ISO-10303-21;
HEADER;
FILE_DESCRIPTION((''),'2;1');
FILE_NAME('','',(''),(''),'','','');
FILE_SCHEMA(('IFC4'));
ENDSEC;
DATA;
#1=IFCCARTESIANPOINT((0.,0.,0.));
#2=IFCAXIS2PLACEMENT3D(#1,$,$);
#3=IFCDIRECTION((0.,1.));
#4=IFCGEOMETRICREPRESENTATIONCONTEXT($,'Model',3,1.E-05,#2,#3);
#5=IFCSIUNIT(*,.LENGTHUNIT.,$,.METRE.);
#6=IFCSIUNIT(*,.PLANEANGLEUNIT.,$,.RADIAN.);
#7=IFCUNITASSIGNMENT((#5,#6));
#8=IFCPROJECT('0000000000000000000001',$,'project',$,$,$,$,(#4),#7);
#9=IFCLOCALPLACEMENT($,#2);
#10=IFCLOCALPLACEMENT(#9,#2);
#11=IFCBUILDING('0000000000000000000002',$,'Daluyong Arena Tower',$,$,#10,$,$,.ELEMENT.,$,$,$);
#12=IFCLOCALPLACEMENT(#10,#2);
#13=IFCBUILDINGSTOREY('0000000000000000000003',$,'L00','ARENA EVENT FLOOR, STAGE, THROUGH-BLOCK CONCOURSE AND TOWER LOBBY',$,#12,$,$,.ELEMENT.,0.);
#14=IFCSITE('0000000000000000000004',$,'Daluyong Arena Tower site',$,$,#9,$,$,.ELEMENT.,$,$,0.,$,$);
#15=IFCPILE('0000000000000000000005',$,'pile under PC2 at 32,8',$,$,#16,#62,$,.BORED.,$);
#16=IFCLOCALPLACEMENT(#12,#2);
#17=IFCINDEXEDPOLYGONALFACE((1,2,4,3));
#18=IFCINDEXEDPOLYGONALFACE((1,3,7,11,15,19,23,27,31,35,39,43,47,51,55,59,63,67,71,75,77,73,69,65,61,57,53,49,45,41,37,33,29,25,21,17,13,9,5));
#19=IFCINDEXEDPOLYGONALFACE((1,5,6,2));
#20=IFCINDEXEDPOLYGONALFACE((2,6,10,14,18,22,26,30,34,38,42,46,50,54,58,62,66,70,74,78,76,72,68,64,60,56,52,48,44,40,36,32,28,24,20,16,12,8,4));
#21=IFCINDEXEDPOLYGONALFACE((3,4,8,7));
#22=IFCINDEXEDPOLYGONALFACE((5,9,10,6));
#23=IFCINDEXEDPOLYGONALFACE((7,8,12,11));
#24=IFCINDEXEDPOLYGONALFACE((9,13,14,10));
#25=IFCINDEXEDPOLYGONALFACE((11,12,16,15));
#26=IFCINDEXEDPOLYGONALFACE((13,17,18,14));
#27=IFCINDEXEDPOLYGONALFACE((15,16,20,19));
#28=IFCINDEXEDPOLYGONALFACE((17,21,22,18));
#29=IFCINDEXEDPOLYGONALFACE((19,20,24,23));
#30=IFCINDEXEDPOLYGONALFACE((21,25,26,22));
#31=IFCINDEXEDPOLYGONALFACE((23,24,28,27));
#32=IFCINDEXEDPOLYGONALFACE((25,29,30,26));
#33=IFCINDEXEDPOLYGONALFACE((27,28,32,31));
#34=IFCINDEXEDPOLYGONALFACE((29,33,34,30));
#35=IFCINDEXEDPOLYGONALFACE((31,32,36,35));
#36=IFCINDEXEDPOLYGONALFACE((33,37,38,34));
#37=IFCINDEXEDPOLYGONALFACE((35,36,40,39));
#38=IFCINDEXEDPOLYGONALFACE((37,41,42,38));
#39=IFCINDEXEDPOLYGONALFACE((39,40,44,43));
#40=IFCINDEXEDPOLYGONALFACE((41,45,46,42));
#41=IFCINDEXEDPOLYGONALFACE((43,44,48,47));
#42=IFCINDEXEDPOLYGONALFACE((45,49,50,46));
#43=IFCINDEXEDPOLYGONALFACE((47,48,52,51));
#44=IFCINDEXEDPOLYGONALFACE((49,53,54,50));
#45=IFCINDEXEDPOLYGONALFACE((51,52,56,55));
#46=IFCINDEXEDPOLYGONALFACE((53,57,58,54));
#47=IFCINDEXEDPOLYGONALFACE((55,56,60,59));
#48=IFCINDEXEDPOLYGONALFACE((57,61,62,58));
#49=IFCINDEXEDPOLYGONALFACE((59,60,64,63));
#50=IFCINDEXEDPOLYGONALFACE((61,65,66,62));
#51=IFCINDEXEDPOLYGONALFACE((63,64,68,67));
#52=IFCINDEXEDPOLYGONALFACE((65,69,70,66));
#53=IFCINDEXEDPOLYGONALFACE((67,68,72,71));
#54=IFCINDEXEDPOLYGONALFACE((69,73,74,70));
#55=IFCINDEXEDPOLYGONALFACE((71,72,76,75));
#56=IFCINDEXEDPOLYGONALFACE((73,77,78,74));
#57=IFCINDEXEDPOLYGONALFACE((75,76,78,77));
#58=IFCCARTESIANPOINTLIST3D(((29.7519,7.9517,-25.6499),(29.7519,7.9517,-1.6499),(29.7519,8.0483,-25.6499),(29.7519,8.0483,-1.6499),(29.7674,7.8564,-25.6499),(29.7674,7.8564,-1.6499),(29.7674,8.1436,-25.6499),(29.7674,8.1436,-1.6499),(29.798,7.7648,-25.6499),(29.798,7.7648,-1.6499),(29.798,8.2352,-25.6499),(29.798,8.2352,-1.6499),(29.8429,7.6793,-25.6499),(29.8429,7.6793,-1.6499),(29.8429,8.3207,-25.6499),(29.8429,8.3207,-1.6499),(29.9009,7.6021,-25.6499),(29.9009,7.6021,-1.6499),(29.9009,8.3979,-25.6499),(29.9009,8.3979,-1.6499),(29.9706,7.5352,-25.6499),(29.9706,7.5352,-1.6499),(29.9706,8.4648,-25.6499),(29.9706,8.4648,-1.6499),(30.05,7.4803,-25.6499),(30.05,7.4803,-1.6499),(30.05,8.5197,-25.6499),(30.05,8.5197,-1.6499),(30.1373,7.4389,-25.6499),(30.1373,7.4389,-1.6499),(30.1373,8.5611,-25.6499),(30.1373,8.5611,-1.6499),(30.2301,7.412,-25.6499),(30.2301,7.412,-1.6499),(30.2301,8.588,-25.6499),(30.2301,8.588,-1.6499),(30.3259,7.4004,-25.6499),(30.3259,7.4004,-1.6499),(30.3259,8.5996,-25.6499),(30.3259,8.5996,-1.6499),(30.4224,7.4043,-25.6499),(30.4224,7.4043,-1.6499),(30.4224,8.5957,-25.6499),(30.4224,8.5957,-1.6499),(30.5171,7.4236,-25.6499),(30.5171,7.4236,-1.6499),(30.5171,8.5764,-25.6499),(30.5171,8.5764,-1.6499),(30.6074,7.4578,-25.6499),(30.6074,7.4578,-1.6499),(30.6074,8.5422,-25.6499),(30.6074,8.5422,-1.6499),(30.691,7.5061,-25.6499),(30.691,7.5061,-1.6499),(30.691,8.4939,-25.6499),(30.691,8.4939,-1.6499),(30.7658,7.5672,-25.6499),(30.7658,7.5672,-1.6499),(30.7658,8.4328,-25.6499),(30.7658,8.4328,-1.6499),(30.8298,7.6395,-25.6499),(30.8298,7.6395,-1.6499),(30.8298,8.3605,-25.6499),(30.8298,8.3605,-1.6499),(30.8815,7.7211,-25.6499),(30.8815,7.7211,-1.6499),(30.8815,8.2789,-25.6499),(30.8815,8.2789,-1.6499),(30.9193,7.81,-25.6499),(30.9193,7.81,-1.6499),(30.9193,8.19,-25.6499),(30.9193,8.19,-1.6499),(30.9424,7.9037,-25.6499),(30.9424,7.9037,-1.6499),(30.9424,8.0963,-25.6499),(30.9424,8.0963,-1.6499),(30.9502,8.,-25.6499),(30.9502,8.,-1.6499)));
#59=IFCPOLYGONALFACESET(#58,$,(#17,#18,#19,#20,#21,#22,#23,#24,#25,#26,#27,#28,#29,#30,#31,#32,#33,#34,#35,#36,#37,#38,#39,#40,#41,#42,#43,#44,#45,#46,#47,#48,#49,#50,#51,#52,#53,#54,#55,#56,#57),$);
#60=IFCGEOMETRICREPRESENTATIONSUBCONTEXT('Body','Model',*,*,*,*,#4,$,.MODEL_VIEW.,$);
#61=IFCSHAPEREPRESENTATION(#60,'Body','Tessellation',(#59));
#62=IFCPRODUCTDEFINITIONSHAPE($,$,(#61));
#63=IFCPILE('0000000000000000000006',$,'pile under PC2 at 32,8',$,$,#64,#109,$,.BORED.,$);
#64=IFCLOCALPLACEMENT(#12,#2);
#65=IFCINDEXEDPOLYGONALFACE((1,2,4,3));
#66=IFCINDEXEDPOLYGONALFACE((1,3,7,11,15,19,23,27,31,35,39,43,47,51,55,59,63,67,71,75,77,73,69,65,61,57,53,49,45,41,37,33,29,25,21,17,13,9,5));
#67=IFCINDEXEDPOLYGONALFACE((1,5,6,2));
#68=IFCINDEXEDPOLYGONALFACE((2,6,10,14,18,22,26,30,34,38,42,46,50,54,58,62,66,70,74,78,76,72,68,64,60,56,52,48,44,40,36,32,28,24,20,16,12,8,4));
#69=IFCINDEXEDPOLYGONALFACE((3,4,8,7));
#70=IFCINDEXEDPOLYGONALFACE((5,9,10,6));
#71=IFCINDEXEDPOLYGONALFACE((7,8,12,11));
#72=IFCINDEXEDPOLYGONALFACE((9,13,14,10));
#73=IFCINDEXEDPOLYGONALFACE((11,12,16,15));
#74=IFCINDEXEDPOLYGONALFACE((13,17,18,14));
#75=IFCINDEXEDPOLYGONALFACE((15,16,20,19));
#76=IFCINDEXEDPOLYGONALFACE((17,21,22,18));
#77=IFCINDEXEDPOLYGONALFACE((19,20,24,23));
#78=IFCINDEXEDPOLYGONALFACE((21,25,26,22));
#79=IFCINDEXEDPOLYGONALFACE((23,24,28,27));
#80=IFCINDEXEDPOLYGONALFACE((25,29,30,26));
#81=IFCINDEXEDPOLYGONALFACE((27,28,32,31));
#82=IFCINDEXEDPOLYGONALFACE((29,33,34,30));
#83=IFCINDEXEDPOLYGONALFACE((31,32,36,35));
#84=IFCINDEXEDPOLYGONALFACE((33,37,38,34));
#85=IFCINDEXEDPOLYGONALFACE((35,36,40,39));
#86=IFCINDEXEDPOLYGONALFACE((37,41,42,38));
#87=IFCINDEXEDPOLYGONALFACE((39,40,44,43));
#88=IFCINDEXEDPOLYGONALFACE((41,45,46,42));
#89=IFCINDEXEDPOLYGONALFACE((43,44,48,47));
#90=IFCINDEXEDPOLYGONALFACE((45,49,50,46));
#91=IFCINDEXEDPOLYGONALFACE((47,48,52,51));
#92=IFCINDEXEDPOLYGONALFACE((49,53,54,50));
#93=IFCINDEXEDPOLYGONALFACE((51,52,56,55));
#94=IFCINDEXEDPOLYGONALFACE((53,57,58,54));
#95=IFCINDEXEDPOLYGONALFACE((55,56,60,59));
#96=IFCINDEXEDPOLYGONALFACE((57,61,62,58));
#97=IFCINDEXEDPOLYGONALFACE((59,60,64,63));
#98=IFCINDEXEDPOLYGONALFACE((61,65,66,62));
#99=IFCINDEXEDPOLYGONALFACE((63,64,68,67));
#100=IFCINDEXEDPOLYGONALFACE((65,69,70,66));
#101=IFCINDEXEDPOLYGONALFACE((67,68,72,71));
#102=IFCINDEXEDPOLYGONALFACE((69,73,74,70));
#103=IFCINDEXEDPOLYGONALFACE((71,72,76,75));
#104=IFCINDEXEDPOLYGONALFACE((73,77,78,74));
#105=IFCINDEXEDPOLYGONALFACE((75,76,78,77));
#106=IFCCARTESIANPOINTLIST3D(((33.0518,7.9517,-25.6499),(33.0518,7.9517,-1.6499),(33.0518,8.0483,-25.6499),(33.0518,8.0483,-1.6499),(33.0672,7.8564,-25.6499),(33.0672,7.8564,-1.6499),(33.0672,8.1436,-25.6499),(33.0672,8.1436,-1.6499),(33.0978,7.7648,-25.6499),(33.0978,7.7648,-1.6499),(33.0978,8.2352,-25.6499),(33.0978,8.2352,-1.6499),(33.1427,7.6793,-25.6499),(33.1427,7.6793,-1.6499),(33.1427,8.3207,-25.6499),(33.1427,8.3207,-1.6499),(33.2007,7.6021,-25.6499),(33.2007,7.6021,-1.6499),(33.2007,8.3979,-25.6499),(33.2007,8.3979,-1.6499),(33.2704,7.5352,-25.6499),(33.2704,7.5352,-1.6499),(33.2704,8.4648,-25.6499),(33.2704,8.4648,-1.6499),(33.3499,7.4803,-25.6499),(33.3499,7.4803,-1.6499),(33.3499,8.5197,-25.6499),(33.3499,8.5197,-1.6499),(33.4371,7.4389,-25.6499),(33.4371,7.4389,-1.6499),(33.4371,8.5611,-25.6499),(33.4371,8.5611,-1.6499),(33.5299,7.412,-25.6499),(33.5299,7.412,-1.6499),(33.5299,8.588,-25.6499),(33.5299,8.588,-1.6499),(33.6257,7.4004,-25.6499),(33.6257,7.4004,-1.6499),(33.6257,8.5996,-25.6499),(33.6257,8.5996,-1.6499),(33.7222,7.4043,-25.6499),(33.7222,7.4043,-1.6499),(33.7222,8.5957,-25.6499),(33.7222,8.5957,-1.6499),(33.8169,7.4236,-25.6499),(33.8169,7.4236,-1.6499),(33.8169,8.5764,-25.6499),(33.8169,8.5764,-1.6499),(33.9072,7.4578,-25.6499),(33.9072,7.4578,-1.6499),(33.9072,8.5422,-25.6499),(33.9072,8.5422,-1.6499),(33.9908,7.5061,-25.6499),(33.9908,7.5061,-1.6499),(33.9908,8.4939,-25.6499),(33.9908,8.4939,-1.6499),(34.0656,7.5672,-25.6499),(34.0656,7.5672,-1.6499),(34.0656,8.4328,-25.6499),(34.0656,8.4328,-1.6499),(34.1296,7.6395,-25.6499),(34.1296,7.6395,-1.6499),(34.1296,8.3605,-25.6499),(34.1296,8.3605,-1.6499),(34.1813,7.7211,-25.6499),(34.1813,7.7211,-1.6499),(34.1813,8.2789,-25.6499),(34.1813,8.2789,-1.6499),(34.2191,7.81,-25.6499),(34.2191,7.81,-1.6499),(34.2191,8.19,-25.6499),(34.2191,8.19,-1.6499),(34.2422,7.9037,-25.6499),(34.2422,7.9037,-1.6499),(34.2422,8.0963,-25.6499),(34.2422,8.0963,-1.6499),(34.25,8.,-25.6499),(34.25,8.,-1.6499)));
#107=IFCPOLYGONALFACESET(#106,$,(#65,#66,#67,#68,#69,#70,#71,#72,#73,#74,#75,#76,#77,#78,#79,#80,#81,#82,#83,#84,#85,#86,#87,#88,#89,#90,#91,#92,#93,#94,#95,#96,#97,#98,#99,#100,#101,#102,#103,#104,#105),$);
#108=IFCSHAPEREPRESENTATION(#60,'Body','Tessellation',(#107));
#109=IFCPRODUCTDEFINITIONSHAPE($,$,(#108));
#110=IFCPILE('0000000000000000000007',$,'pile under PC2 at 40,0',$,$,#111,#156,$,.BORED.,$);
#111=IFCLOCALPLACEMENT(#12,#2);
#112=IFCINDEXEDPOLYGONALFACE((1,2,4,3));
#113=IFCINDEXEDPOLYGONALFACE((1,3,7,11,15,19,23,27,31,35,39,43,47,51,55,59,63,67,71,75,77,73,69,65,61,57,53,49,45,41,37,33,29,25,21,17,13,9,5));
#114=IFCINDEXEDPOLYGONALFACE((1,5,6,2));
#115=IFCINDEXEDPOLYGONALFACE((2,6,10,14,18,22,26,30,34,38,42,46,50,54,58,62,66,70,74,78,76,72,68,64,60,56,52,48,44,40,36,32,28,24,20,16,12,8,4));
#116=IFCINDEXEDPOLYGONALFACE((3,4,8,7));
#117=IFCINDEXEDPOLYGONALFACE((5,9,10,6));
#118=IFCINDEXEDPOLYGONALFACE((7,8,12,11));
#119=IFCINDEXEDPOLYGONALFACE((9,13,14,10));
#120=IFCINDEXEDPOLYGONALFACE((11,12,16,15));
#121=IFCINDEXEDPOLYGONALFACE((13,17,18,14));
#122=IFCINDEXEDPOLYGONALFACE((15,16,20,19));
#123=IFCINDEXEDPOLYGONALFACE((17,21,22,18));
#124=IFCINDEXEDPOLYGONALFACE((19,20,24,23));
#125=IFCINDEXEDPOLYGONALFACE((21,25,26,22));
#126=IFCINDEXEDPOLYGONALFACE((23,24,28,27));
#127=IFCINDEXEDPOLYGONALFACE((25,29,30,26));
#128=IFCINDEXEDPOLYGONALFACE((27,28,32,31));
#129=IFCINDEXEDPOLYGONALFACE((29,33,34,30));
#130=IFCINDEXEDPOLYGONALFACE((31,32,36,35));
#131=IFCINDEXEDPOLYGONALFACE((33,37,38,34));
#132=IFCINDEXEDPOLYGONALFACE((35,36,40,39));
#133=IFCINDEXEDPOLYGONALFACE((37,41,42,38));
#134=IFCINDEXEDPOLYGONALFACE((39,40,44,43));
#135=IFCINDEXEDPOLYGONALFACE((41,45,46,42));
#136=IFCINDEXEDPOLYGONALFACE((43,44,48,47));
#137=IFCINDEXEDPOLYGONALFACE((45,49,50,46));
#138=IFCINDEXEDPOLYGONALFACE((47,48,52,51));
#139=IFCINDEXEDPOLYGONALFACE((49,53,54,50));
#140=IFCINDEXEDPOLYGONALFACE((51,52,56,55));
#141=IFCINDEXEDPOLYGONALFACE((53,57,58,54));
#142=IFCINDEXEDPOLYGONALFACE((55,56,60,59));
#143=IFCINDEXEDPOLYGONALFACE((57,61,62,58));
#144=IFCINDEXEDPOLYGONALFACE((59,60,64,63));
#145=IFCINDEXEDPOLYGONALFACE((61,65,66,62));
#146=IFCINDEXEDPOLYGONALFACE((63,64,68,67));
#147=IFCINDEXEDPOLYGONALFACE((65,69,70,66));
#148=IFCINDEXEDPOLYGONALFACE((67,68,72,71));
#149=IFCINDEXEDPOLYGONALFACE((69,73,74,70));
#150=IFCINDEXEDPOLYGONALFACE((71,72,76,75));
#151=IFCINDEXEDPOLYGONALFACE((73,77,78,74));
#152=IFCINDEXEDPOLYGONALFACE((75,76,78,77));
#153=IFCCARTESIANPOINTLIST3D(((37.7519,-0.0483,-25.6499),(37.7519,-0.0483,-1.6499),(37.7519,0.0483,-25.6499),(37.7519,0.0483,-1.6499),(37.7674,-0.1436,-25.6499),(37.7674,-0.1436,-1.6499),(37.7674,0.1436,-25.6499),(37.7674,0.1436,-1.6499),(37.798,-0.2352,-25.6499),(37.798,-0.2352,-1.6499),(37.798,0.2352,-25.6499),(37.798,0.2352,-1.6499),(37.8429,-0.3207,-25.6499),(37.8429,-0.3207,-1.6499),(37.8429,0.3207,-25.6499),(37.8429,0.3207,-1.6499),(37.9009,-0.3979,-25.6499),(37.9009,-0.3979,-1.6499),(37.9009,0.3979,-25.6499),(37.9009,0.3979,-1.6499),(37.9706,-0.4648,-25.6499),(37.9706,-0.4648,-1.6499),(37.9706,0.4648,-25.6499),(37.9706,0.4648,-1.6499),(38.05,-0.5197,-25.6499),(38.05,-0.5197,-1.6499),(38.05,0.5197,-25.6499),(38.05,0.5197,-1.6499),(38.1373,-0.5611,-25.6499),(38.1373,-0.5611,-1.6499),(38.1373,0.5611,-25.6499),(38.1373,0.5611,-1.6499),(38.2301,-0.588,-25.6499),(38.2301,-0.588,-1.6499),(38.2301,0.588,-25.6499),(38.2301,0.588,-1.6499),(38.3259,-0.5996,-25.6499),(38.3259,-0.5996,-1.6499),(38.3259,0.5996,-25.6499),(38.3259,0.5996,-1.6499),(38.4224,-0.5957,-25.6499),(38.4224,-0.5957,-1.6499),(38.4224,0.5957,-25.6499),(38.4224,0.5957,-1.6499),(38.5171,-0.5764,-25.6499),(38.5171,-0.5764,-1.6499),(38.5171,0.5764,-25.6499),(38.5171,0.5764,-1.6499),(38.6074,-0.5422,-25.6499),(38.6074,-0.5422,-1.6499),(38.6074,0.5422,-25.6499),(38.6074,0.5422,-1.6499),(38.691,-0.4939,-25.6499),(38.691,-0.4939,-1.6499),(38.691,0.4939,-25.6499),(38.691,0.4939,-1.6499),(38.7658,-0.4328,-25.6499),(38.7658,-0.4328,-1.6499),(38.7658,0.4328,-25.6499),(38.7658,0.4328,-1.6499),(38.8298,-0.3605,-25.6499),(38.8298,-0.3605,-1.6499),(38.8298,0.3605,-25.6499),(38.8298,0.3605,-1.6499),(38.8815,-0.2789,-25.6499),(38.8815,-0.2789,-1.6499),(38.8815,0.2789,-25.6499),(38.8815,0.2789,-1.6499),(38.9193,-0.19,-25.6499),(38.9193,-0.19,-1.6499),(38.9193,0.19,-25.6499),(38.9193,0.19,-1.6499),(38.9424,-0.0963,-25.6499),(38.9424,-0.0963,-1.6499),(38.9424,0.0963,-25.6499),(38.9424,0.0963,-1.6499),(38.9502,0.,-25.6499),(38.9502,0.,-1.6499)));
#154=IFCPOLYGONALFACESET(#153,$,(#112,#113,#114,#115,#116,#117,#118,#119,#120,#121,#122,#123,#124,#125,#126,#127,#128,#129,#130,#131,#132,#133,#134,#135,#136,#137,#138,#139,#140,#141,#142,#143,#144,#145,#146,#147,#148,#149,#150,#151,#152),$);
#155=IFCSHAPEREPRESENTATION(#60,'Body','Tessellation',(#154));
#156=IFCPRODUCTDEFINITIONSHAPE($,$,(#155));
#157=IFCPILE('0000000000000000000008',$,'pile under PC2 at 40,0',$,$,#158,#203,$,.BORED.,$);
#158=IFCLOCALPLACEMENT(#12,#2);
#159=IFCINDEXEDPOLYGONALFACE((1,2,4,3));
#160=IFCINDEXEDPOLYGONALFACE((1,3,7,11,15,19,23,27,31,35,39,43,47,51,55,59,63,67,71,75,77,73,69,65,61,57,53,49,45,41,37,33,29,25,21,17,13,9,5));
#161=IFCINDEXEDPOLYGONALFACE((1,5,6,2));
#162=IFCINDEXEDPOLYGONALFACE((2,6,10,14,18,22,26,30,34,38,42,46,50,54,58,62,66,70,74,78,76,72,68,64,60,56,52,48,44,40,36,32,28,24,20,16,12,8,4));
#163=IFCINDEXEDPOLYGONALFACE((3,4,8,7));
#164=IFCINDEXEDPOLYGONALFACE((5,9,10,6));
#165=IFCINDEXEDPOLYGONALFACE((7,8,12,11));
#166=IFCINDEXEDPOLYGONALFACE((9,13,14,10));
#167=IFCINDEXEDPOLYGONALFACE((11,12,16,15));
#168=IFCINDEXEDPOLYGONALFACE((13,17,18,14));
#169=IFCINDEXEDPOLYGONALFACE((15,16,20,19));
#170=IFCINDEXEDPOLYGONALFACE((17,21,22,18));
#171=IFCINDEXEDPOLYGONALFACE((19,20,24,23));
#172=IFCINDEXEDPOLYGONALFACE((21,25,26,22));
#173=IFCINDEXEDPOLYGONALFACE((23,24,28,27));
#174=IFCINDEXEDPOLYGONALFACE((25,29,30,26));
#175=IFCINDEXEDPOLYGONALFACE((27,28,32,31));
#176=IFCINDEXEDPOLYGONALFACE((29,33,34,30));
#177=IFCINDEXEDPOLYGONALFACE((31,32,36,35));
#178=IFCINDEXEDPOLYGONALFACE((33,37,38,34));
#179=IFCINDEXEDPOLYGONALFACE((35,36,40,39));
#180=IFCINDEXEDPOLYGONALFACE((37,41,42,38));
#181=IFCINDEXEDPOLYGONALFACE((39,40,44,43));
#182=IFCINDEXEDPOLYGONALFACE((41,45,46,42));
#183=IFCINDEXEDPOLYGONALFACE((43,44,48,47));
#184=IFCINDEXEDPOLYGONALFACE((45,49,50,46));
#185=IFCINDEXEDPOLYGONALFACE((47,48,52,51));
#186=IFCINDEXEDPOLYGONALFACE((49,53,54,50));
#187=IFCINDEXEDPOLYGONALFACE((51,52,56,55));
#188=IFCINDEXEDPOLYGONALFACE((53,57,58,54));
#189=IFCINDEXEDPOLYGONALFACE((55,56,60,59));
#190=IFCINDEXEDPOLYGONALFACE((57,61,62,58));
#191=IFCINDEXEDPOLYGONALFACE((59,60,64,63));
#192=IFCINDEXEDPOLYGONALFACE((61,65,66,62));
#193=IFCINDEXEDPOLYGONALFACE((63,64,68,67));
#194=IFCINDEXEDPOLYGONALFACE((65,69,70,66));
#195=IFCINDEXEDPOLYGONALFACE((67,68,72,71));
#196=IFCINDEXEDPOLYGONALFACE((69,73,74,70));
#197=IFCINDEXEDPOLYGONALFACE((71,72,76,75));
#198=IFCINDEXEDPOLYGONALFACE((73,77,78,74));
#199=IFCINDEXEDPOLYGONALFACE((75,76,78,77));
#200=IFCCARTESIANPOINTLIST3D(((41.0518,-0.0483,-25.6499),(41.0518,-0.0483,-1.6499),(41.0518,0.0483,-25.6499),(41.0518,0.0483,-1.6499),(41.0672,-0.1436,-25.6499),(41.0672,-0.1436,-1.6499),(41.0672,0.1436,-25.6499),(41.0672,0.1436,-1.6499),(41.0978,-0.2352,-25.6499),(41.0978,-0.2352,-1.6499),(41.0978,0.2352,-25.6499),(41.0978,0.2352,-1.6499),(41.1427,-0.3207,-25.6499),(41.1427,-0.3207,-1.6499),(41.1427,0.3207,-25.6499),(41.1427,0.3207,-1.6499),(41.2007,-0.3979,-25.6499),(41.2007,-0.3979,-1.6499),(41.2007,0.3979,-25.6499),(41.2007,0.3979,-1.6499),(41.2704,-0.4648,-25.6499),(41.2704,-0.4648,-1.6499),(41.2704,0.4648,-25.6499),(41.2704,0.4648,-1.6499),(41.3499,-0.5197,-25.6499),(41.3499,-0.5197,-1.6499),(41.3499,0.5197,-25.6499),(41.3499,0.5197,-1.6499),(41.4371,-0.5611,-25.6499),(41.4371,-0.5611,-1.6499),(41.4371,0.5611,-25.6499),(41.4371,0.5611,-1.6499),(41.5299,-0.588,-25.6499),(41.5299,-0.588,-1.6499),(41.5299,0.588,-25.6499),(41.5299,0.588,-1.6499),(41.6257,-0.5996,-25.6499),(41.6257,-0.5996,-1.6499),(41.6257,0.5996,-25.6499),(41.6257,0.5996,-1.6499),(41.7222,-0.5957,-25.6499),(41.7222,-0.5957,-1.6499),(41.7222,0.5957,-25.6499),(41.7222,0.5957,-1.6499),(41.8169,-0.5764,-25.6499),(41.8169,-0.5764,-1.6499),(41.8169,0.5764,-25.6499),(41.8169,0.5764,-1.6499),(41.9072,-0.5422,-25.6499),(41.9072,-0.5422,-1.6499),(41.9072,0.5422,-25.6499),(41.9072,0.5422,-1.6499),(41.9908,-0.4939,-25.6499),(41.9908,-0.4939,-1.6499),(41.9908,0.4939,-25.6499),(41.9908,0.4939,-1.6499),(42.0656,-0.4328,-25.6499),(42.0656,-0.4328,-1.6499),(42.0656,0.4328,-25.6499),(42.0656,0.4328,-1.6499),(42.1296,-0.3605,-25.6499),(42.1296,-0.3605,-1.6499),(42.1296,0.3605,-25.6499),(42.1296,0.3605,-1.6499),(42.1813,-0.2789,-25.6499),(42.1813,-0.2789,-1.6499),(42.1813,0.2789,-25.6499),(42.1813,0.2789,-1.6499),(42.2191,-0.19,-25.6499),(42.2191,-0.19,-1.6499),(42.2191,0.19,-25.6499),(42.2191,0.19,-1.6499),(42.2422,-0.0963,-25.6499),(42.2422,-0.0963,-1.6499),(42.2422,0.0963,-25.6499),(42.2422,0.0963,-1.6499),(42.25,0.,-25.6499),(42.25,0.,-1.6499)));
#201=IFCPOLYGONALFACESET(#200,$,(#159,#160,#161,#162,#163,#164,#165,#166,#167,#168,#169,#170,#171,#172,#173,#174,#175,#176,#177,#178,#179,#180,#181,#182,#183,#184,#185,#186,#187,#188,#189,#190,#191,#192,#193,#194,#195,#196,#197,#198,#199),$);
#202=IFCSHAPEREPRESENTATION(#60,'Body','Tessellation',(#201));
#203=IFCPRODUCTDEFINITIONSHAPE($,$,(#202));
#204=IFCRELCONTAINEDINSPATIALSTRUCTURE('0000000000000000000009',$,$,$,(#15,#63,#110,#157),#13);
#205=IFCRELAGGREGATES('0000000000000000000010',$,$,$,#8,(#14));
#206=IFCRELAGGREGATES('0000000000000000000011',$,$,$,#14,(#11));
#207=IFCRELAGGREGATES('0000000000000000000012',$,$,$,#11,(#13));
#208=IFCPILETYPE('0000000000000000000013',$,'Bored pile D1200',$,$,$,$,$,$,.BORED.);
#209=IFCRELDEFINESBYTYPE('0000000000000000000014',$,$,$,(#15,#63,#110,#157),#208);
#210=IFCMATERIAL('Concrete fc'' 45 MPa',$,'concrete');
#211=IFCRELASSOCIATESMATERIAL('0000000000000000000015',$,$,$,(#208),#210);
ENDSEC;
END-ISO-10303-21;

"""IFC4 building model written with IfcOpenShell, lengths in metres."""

from ifc_helpers import new_model, si_unit, direction, frame, origin, origin_2d, place, context, subcontext, project, spatial, circle, extrude, material, type_object, element, save


model = new_model("IFC4")

# Units and contexts
model_context = context("Model", 3, precision=1e-05, world=origin(), true_north=direction((0.0, 1.0)))
body_context = subcontext(model_context, "Body", "Model", "MODEL_VIEW")
ifc_project = project(units=[si_unit("LENGTHUNIT", "METRE"), si_unit("PLANEANGLEUNIT", "RADIAN")], contexts=[model_context])

# Site, building, storey
site_placement = place(None, origin())
site = spatial("IfcSite", under=ifc_project, at=site_placement, Name="Daluyong Arena Tower site", CompositionType="ELEMENT", RefElevation=0.0)
building_placement = place(site_placement, origin())
building = spatial("IfcBuilding", under=site, at=building_placement, Name="Daluyong Arena Tower", CompositionType="ELEMENT")
storey_placement = place(building_placement, origin())
storey = spatial("IfcBuildingStorey", under=building, at=storey_placement, Name="L00", Description="ARENA EVENT FLOOR, STAGE, THROUGH-BLOCK CONCOURSE AND TOWER LOBBY", CompositionType="ELEMENT", Elevation=0.0)

# Piles
ifc_material_1 = material(Name="Concrete fc' 45 MPa", Category="concrete")
pile_type = type_object("IfcPileType", Name="Bored pile D1200", PredefinedType="BORED", material=ifc_material_1)
for number, where, z_axis, x_axis, name in (
    (1, (30.3501, 8.0, -1.6499), (0.0, 0.0, -1.0), (1.0, 0.0, 0.0), "pile under PC2 at 32,8"),
    (2, (33.6499, 8.0, -1.6499), (0.0, 0.0, -1.0), (1.0, 0.0, 0.0), "pile under PC2 at 32,8"),
    (3, (38.3501, 0.0, -1.6499), (0.0, 0.0, -1.0), (1.0, 0.0, 0.0), "pile under PC2 at 40,0"),
    (4, (41.6499, 0.0, -1.6499), (0.0, 0.0, -1.0), (1.0, 0.0, 0.0), "pile under PC2 at 40,0"),
):
    element("IfcPile", number, at=place(storey_placement, frame(where, z_axis=z_axis, x_axis=x_axis)), inside=storey, type_object=pile_type, Name=name, PredefinedType="BORED", context=body_context, shape_type="SweptSolid", body=[
        extrude(circle(Radius=0.6001, at=origin_2d()), origin(), (0.0, 0.0, 1.0), 24.0),
    ])

save(model, "model.ifc")
